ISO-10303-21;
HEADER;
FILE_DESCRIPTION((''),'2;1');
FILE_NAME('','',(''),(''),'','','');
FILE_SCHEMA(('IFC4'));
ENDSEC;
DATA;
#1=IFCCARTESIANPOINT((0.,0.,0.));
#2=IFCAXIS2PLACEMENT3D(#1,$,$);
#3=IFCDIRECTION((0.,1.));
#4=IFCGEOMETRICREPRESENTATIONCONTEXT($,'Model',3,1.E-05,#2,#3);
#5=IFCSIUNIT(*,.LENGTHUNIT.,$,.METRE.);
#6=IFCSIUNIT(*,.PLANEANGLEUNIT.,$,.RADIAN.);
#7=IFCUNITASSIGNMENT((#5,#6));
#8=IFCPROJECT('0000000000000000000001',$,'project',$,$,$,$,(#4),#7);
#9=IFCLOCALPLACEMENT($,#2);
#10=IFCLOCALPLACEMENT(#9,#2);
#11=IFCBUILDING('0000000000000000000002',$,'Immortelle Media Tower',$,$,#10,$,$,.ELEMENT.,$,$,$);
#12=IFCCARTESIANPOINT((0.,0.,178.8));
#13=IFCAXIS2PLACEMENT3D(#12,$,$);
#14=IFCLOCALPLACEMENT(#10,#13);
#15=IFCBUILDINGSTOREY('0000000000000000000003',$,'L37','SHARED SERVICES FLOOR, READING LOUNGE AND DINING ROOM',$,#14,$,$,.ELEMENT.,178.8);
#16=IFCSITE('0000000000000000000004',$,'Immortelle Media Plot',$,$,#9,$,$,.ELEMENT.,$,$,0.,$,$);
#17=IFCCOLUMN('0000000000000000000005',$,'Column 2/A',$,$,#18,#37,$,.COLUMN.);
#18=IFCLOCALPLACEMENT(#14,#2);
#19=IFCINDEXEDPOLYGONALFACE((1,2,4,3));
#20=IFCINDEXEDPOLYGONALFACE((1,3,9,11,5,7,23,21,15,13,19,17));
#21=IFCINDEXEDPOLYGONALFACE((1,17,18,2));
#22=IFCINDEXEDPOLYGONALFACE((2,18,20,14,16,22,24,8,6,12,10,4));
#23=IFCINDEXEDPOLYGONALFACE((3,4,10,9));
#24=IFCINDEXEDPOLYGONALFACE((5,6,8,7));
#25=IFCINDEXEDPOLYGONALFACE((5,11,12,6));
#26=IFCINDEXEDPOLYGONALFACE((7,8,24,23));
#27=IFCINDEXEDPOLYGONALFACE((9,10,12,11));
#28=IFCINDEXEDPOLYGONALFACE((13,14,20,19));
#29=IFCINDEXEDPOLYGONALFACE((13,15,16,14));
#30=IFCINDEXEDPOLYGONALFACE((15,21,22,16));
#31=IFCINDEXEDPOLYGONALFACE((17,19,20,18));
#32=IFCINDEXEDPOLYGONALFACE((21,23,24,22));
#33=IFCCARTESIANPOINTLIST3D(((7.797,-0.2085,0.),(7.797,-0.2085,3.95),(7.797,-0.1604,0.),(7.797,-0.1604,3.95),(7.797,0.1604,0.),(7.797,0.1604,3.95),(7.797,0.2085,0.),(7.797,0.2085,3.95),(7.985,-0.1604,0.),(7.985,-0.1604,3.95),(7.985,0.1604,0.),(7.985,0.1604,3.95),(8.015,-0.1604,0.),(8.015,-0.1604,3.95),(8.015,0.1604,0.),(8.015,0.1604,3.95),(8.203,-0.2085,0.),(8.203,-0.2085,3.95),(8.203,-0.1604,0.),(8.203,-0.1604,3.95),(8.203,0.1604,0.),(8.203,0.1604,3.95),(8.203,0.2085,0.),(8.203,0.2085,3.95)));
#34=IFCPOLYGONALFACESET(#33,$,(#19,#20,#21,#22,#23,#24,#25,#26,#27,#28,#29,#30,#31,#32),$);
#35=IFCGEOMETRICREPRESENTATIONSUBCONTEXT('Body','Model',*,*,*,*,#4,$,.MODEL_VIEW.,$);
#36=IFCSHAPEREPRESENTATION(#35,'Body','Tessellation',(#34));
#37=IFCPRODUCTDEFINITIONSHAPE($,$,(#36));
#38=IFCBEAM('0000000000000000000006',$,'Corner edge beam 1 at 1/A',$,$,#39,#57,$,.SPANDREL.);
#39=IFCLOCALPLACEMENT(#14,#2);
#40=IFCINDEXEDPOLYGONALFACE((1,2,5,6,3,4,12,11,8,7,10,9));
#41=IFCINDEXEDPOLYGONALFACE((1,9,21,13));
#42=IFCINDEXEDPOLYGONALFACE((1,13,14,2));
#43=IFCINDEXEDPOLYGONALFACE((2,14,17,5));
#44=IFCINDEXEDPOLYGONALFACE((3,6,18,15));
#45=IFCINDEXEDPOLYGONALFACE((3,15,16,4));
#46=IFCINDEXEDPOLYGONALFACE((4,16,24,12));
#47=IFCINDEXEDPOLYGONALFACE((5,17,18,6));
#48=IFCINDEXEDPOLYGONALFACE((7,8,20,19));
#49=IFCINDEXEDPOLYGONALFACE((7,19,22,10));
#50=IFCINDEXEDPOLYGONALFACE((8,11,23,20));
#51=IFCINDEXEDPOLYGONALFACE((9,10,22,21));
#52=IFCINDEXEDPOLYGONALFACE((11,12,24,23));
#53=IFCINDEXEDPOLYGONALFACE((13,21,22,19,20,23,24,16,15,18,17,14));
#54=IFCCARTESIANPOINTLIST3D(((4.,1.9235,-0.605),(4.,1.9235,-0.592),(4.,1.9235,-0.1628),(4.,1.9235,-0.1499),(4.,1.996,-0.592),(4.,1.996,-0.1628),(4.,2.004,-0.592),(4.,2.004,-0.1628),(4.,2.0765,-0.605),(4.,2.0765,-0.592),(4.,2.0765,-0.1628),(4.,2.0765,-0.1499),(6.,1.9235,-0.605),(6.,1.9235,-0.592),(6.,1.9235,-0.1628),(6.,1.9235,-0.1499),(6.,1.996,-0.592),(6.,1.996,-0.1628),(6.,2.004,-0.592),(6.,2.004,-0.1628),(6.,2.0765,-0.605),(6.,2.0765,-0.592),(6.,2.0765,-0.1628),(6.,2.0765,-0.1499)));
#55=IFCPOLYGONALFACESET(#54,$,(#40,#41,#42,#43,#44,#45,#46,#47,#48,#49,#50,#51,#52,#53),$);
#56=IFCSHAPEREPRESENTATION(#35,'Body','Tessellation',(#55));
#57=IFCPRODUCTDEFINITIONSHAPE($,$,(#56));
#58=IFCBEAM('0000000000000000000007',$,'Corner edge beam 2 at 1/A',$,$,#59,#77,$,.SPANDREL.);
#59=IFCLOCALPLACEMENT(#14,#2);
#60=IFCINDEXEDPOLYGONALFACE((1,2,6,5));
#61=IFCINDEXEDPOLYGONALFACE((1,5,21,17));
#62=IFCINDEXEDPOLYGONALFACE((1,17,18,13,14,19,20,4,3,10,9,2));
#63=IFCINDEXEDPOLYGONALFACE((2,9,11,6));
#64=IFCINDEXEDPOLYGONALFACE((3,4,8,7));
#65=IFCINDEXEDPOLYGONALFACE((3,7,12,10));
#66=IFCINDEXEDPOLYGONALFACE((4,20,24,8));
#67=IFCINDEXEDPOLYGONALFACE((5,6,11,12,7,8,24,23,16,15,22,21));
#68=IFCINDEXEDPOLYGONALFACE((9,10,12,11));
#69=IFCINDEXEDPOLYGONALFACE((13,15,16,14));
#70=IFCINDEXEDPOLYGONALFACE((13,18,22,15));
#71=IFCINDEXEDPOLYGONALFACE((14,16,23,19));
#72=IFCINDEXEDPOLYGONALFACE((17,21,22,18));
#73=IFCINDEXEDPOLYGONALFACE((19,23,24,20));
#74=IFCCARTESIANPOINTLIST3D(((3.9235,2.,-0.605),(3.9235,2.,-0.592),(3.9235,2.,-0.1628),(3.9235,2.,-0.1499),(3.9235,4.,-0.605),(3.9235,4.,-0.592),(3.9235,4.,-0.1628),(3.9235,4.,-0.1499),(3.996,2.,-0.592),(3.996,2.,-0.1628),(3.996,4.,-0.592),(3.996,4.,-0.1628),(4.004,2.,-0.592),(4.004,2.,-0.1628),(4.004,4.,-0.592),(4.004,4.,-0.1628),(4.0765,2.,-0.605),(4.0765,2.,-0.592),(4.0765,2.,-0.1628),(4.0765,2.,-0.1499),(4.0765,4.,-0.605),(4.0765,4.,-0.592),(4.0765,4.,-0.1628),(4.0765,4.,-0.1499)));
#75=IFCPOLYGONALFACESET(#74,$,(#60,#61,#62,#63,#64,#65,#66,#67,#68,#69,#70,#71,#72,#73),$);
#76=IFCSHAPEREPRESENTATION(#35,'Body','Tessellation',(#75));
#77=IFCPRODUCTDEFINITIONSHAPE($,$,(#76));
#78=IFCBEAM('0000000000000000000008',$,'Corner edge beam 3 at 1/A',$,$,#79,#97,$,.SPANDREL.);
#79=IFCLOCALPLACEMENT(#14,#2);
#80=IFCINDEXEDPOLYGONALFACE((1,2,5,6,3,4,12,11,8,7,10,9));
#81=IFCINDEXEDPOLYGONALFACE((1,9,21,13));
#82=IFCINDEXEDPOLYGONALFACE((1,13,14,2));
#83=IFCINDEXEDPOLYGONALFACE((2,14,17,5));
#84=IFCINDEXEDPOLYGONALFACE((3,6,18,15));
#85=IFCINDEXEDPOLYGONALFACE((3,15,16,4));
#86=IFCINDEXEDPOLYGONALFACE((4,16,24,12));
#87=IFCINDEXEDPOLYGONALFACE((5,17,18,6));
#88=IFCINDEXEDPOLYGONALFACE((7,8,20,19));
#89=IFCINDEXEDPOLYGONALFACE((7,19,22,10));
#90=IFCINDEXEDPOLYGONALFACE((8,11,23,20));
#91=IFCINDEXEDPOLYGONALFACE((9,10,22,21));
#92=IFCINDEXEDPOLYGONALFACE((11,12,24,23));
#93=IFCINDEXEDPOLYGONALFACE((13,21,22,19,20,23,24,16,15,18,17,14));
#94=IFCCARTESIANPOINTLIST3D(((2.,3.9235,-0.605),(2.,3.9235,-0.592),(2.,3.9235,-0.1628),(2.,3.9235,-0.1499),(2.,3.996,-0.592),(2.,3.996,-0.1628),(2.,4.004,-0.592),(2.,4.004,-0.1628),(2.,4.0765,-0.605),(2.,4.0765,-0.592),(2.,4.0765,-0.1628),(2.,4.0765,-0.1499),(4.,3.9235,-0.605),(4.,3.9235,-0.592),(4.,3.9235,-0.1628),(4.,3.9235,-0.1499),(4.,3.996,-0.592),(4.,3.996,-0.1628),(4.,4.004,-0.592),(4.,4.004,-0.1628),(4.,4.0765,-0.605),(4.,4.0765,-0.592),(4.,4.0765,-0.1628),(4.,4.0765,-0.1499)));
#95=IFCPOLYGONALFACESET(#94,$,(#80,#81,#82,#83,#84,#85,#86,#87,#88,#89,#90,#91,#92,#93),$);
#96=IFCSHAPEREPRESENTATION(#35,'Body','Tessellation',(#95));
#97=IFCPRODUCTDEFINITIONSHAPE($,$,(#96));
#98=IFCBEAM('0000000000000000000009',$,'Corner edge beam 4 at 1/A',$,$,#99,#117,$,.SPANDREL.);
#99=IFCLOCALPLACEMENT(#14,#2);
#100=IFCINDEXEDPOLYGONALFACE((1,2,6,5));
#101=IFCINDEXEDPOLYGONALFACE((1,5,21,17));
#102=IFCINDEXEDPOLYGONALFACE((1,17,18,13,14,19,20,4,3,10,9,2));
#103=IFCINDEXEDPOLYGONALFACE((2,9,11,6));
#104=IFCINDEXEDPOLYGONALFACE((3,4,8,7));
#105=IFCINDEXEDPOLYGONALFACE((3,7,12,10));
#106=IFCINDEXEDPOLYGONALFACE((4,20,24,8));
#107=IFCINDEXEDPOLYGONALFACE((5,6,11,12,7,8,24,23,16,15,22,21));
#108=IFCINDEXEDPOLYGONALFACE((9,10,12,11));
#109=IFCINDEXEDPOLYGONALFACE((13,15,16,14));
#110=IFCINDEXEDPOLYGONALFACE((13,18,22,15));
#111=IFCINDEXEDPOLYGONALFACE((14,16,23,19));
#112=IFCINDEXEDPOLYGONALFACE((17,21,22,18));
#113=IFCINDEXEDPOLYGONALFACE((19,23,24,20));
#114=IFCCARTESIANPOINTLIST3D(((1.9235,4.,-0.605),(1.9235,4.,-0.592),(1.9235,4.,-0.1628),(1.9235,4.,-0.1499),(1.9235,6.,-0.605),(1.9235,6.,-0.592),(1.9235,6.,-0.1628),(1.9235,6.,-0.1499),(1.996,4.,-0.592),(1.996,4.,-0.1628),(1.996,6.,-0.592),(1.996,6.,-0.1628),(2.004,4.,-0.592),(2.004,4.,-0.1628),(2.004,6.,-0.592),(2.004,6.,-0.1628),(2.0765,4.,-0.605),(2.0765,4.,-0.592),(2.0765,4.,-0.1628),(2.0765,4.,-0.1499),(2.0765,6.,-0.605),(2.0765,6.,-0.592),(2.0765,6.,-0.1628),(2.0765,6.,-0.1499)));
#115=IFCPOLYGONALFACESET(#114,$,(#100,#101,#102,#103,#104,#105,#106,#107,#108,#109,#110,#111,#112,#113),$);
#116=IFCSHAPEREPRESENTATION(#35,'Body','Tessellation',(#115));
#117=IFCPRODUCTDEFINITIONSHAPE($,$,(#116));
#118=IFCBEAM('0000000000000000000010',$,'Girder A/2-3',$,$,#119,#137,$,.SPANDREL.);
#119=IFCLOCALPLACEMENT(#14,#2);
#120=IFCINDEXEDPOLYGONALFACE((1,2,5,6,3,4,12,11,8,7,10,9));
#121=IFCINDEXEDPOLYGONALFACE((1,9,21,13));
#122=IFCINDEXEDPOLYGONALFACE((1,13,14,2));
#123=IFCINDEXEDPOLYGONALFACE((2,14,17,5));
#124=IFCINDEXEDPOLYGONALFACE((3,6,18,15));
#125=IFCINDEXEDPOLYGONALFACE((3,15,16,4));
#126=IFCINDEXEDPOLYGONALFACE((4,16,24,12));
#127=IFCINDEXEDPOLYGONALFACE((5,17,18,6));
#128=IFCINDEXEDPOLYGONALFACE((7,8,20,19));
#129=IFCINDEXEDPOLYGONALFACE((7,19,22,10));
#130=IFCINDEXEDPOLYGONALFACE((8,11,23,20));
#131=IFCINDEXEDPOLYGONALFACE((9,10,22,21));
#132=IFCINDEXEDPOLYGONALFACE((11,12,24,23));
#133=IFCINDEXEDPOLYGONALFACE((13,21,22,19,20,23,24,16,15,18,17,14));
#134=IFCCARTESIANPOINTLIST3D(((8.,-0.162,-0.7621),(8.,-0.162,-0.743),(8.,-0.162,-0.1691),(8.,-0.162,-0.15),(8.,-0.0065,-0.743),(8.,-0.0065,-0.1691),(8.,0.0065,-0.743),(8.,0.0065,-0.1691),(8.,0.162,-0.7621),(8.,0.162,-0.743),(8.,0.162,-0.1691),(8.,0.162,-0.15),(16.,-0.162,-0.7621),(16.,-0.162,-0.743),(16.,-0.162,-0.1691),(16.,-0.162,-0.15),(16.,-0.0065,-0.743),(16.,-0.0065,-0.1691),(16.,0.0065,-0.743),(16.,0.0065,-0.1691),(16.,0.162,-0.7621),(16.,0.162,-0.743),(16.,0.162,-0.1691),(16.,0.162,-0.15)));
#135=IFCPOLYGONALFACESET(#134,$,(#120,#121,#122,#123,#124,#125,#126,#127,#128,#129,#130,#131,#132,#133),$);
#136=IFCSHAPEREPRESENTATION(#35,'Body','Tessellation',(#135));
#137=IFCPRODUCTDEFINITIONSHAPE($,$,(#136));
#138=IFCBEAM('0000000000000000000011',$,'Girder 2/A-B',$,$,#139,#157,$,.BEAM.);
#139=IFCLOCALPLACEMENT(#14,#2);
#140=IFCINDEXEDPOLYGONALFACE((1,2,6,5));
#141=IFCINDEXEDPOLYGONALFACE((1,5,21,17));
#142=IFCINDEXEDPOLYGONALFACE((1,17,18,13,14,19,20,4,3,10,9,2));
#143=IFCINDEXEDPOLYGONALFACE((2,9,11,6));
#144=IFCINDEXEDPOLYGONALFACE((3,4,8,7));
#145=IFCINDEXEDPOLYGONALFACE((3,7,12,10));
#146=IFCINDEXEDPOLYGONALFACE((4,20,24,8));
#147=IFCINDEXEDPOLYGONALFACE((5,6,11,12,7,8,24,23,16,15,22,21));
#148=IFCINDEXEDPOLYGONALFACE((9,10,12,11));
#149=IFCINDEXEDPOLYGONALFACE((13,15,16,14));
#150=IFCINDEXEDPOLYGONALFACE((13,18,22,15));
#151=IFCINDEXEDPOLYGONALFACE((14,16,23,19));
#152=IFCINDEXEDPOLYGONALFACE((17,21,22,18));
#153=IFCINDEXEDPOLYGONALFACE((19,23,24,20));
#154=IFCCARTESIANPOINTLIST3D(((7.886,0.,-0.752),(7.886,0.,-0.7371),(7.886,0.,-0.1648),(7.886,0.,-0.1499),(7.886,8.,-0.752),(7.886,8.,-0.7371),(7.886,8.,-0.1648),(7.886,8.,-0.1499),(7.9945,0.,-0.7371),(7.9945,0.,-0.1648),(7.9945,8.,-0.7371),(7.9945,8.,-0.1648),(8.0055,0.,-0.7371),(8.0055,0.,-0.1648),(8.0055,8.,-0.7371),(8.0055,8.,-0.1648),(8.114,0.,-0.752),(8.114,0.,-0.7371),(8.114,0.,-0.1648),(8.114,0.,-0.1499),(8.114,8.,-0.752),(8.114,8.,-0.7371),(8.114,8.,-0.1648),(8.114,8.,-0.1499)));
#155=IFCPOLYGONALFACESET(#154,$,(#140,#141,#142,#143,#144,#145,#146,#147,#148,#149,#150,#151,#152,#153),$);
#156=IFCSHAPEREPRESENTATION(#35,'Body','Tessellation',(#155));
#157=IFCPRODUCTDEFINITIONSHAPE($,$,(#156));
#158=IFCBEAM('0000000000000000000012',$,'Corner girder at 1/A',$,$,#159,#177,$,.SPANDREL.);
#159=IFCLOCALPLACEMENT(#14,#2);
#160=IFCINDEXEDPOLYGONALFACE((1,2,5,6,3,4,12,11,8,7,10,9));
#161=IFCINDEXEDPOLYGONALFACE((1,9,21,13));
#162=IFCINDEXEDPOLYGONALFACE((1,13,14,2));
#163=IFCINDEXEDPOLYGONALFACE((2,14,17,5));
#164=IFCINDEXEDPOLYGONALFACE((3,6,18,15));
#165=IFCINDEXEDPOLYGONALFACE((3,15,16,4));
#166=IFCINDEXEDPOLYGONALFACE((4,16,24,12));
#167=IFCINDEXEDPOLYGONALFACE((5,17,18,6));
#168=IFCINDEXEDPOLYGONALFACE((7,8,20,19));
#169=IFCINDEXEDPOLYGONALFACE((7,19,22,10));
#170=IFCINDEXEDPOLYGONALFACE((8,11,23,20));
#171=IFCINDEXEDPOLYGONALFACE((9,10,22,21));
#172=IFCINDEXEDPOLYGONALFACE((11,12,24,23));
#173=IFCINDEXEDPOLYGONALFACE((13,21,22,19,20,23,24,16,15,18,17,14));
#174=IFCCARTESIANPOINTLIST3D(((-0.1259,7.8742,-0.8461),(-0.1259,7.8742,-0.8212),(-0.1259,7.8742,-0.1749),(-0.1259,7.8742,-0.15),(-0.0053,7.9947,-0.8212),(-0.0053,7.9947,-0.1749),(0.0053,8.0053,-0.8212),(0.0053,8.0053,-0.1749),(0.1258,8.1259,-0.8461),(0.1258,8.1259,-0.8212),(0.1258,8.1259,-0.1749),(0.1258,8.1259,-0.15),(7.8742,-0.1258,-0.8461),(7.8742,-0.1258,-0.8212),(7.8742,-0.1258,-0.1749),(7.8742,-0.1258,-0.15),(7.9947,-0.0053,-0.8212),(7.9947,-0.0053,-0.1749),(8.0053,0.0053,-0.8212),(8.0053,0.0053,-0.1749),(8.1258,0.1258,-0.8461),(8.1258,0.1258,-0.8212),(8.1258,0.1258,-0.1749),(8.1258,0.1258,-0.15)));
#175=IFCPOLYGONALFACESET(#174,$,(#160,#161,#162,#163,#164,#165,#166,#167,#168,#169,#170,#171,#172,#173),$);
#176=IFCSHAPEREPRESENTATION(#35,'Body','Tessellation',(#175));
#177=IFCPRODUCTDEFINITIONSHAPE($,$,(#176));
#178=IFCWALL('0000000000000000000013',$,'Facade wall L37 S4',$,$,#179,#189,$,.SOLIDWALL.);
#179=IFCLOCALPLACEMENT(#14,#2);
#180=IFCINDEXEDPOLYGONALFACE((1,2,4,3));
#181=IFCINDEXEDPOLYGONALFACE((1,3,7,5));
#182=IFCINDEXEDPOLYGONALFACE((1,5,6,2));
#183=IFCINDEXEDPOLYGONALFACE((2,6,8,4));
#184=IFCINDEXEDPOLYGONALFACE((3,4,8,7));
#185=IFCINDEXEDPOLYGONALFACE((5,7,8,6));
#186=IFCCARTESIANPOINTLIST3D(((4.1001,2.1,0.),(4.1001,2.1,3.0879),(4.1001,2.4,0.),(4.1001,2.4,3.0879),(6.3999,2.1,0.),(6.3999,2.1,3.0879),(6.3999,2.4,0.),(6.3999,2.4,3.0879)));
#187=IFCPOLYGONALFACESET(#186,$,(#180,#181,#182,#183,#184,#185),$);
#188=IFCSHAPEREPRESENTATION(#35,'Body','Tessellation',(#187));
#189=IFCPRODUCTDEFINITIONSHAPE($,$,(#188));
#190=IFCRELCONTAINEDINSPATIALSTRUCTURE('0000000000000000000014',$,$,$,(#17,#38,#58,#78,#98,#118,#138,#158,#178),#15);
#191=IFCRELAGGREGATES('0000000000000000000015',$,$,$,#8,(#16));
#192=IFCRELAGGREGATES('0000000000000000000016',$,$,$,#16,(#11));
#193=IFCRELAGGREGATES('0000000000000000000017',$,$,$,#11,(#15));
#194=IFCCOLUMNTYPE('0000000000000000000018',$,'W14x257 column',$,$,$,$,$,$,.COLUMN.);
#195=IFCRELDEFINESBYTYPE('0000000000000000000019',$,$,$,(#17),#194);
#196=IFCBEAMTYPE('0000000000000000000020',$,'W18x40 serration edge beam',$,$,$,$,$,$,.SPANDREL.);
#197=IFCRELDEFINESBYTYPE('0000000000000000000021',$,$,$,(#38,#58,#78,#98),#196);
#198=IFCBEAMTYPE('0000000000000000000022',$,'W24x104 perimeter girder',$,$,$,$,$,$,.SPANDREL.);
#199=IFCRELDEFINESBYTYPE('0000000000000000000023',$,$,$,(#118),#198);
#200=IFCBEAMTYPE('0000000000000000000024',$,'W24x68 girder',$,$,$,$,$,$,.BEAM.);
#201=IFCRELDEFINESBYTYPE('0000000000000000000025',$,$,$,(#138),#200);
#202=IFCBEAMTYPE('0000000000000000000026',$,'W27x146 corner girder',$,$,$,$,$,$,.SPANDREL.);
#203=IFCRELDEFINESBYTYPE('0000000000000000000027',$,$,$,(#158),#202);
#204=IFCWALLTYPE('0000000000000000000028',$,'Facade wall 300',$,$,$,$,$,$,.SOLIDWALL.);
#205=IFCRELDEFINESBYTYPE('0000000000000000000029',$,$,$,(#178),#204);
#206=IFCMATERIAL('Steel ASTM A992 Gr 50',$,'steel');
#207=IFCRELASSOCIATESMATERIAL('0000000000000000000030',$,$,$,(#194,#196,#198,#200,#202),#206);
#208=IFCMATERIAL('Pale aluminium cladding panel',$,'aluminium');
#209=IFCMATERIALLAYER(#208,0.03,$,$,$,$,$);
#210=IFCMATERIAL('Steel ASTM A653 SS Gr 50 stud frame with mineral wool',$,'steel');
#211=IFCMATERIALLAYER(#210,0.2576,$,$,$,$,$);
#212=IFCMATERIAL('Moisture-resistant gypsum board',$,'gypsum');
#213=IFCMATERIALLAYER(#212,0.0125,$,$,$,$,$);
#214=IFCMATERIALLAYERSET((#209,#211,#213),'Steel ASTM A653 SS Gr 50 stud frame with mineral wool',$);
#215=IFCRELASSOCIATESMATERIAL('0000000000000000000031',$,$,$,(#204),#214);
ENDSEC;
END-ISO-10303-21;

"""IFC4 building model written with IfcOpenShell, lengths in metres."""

from ifc_helpers import new_model, si_unit, direction, frame, frame_2d, origin, origin_2d, place, context, subcontext, project, spatial, rectangle, i_section, extrude, material, layer, layer_set, material_profile, profile_set, type_object, element, save


model = new_model("IFC4")

# Units and contexts
model_context = context("Model", 3, precision=1e-05, world=origin(), true_north=direction((0.0, 1.0)))
body_context = subcontext(model_context, "Body", "Model", "MODEL_VIEW")
ifc_project = project(units=[si_unit("LENGTHUNIT", "METRE"), si_unit("PLANEANGLEUNIT", "RADIAN")], contexts=[model_context])

# Site, building, storey
site_placement = place(None, origin())
site = spatial("IfcSite", under=ifc_project, at=site_placement, Name="Immortelle Media Plot", CompositionType="ELEMENT", RefElevation=0.0)
building_placement = place(site_placement, origin())
building = spatial("IfcBuilding", under=site, at=building_placement, Name="Immortelle Media Tower", CompositionType="ELEMENT")
storey_placement = place(building_placement, frame((0.0, 0.0, 178.8)))
storey = spatial("IfcBuildingStorey", under=building, at=storey_placement, Name="L37", Description="SHARED SERVICES FLOOR, READING LOUNGE AND DINING ROOM", CompositionType="ELEMENT", Elevation=178.8)

# Column
ifc_material_1 = material(Name="Steel ASTM A992 Gr 50", Category="steel")
ifc_material_profile_1 = material_profile(ifc_material_1, i_section(OverallWidth=0.406, OverallDepth=0.417, WebThickness=0.03, FlangeThickness=0.0481, at=origin_2d()), Name="W14x257")
ifc_profile_set_1 = profile_set([ifc_material_profile_1], Name="Steel ASTM A992 Gr 50")
column_type = type_object("IfcColumnType", Name="W14x257 column", PredefinedType="COLUMN", material=ifc_profile_set_1)
column_placement = place(storey_placement, frame((8.0, 0.0, 0.0), z_axis=(0.0, 0.0, 1.0), x_axis=(1.0, 0.0, 0.0)))
element("IfcColumn", 1, at=column_placement, inside=storey, type_object=column_type, Name="Column 2/A", PredefinedType="COLUMN", context=body_context, shape_type="SweptSolid", body=[
    extrude(i_section(OverallWidth=0.406, OverallDepth=0.417, WebThickness=0.03, FlangeThickness=0.0481, at=origin_2d()), origin(), (0.0, 0.0, 1.0), 3.95),
])

# Beams
ifc_material_profile_2 = material_profile(ifc_material_1, i_section(OverallWidth=0.1531, OverallDepth=0.4551, WebThickness=0.0081, FlangeThickness=0.0129, at=origin_2d()), Name="W18x40")
ifc_profile_set_2 = profile_set([ifc_material_profile_2], Name="Steel ASTM A992 Gr 50")
beam_type_1 = type_object("IfcBeamType", Name="W18x40 serration edge beam", PredefinedType="SPANDREL", material=ifc_profile_set_2)
for number, where, z_axis, x_axis, name in (
    (2, (6.0, 2.0, -0.3774), (-1.0, 0.0, 0.0), (0.0, -1.0, 0.0), "Corner edge beam 1 at 1/A"),
    (3, (4.0, 2.0, -0.3774), (0.0, 1.0, 0.0), (-1.0, 0.0, 0.0), "Corner edge beam 2 at 1/A"),
    (4, (4.0, 4.0, -0.3774), (-1.0, 0.0, 0.0), (0.0, -1.0, 0.0), "Corner edge beam 3 at 1/A"),
    (5, (2.0, 4.0, -0.3774), (0.0, 1.0, 0.0), (-1.0, 0.0, 0.0), "Corner edge beam 4 at 1/A"),
):
    element("IfcBeam", number, at=place(storey_placement, frame(where, z_axis=z_axis, x_axis=x_axis)), inside=storey, type_object=beam_type_1, Name=name, PredefinedType="SPANDREL", context=body_context, shape_type="SweptSolid", body=[
        extrude(i_section(OverallWidth=0.1531, OverallDepth=0.4551, WebThickness=0.0081, FlangeThickness=0.0129, at=origin_2d()), origin(), (0.0, 0.0, 1.0), 2.0),
    ])
ifc_material_profile_3 = material_profile(ifc_material_1, i_section(OverallWidth=0.324, OverallDepth=0.6121, WebThickness=0.0129, FlangeThickness=0.019, at=origin_2d()), Name="W24x104")
ifc_profile_set_3 = profile_set([ifc_material_profile_3], Name="Steel ASTM A992 Gr 50")
beam_type_2 = type_object("IfcBeamType", Name="W24x104 perimeter girder", PredefinedType="SPANDREL", material=ifc_profile_set_3)
beam_1_placement = place(storey_placement, frame((8.0, 0.0, -0.4561), z_axis=(1.0, 0.0, 0.0), x_axis=(0.0, 1.0, 0.0)))
element("IfcBeam", 6, at=beam_1_placement, inside=storey, type_object=beam_type_2, Name="Girder A/2-3", PredefinedType="SPANDREL", context=body_context, shape_type="SweptSolid", body=[
    extrude(i_section(OverallWidth=0.324, OverallDepth=0.6121, WebThickness=0.0129, FlangeThickness=0.019, at=origin_2d()), origin(), (0.0, 0.0, 1.0), 8.0),
])
ifc_material_profile_4 = material_profile(ifc_material_1, i_section(OverallWidth=0.228, OverallDepth=0.6021, WebThickness=0.011, FlangeThickness=0.0149, at=origin_2d()), Name="W24x68")
ifc_profile_set_4 = profile_set([ifc_material_profile_4], Name="Steel ASTM A992 Gr 50")
beam_type_3 = type_object("IfcBeamType", Name="W24x68 girder", PredefinedType="BEAM", material=ifc_profile_set_4)
beam_2_placement = place(storey_placement, frame((8.0, 0.0, -0.4509), z_axis=(0.0, 1.0, 0.0), x_axis=(-1.0, 0.0, 0.0)))
element("IfcBeam", 7, at=beam_2_placement, inside=storey, type_object=beam_type_3, Name="Girder 2/A-B", PredefinedType="BEAM", context=body_context, shape_type="SweptSolid", body=[
    extrude(i_section(OverallWidth=0.228, OverallDepth=0.6021, WebThickness=0.011, FlangeThickness=0.0149, at=origin_2d()), origin(), (0.0, 0.0, 1.0), 8.0),
])
ifc_material_profile_5 = material_profile(ifc_material_1, i_section(OverallWidth=0.356, OverallDepth=0.696, WebThickness=0.0149, FlangeThickness=0.0249, at=origin_2d()), Name="W27x146")
ifc_profile_set_5 = profile_set([ifc_material_profile_5], Name="Steel ASTM A992 Gr 50")
beam_type_4 = type_object("IfcBeamType", Name="W27x146 corner girder", PredefinedType="SPANDREL", material=ifc_profile_set_5)
beam_3_placement = place(storey_placement, frame((8.0, 0.0, -0.498), z_axis=(-0.707107, 0.707107, 0.0), x_axis=(-0.707107, -0.707107, 0.0)))
element("IfcBeam", 8, at=beam_3_placement, inside=storey, type_object=beam_type_4, Name="Corner girder at 1/A", PredefinedType="SPANDREL", context=body_context, shape_type="SweptSolid", body=[
    extrude(i_section(OverallWidth=0.356, OverallDepth=0.696, WebThickness=0.0149, FlangeThickness=0.0249, at=origin_2d()), origin(), (0.0, 0.0, 1.0), 11.3137),
])

# Wall
ifc_material_2 = material(Name="Pale aluminium cladding panel", Category="aluminium")
ifc_layer_1 = layer(ifc_material_2, 0.03)
ifc_material_3 = material(Name="Steel ASTM A653 SS Gr 50 stud frame with mineral wool", Category="steel")
ifc_layer_2 = layer(ifc_material_3, 0.2576)
ifc_material_4 = material(Name="Moisture-resistant gypsum board", Category="gypsum")
ifc_layer_3 = layer(ifc_material_4, 0.0125)
ifc_layer_set_1 = layer_set([ifc_layer_1, ifc_layer_2, ifc_layer_3], Name="Steel ASTM A653 SS Gr 50 stud frame with mineral wool")
wall_type_1 = type_object("IfcWallType", Name="Facade wall 300", PredefinedType="SOLIDWALL", material=ifc_layer_set_1)
wall_1_placement = place(storey_placement, frame((4.1001, 2.25, 0.0), z_axis=(0.0, 0.0, 1.0), x_axis=(1.0, 0.0, 0.0)))
element("IfcWall", 9, at=wall_1_placement, inside=storey, type_object=wall_type_1, Name="Facade wall L37 S4", PredefinedType="SOLIDWALL", context=body_context, shape_type="SweptSolid", body=[
    extrude(rectangle(XDim=2.2998, YDim=0.3, at=frame_2d((1.1499, 0.0))), origin(), (0.0, 0.0, 1.0), 3.0879),
])

save(model, "model.ifc")
